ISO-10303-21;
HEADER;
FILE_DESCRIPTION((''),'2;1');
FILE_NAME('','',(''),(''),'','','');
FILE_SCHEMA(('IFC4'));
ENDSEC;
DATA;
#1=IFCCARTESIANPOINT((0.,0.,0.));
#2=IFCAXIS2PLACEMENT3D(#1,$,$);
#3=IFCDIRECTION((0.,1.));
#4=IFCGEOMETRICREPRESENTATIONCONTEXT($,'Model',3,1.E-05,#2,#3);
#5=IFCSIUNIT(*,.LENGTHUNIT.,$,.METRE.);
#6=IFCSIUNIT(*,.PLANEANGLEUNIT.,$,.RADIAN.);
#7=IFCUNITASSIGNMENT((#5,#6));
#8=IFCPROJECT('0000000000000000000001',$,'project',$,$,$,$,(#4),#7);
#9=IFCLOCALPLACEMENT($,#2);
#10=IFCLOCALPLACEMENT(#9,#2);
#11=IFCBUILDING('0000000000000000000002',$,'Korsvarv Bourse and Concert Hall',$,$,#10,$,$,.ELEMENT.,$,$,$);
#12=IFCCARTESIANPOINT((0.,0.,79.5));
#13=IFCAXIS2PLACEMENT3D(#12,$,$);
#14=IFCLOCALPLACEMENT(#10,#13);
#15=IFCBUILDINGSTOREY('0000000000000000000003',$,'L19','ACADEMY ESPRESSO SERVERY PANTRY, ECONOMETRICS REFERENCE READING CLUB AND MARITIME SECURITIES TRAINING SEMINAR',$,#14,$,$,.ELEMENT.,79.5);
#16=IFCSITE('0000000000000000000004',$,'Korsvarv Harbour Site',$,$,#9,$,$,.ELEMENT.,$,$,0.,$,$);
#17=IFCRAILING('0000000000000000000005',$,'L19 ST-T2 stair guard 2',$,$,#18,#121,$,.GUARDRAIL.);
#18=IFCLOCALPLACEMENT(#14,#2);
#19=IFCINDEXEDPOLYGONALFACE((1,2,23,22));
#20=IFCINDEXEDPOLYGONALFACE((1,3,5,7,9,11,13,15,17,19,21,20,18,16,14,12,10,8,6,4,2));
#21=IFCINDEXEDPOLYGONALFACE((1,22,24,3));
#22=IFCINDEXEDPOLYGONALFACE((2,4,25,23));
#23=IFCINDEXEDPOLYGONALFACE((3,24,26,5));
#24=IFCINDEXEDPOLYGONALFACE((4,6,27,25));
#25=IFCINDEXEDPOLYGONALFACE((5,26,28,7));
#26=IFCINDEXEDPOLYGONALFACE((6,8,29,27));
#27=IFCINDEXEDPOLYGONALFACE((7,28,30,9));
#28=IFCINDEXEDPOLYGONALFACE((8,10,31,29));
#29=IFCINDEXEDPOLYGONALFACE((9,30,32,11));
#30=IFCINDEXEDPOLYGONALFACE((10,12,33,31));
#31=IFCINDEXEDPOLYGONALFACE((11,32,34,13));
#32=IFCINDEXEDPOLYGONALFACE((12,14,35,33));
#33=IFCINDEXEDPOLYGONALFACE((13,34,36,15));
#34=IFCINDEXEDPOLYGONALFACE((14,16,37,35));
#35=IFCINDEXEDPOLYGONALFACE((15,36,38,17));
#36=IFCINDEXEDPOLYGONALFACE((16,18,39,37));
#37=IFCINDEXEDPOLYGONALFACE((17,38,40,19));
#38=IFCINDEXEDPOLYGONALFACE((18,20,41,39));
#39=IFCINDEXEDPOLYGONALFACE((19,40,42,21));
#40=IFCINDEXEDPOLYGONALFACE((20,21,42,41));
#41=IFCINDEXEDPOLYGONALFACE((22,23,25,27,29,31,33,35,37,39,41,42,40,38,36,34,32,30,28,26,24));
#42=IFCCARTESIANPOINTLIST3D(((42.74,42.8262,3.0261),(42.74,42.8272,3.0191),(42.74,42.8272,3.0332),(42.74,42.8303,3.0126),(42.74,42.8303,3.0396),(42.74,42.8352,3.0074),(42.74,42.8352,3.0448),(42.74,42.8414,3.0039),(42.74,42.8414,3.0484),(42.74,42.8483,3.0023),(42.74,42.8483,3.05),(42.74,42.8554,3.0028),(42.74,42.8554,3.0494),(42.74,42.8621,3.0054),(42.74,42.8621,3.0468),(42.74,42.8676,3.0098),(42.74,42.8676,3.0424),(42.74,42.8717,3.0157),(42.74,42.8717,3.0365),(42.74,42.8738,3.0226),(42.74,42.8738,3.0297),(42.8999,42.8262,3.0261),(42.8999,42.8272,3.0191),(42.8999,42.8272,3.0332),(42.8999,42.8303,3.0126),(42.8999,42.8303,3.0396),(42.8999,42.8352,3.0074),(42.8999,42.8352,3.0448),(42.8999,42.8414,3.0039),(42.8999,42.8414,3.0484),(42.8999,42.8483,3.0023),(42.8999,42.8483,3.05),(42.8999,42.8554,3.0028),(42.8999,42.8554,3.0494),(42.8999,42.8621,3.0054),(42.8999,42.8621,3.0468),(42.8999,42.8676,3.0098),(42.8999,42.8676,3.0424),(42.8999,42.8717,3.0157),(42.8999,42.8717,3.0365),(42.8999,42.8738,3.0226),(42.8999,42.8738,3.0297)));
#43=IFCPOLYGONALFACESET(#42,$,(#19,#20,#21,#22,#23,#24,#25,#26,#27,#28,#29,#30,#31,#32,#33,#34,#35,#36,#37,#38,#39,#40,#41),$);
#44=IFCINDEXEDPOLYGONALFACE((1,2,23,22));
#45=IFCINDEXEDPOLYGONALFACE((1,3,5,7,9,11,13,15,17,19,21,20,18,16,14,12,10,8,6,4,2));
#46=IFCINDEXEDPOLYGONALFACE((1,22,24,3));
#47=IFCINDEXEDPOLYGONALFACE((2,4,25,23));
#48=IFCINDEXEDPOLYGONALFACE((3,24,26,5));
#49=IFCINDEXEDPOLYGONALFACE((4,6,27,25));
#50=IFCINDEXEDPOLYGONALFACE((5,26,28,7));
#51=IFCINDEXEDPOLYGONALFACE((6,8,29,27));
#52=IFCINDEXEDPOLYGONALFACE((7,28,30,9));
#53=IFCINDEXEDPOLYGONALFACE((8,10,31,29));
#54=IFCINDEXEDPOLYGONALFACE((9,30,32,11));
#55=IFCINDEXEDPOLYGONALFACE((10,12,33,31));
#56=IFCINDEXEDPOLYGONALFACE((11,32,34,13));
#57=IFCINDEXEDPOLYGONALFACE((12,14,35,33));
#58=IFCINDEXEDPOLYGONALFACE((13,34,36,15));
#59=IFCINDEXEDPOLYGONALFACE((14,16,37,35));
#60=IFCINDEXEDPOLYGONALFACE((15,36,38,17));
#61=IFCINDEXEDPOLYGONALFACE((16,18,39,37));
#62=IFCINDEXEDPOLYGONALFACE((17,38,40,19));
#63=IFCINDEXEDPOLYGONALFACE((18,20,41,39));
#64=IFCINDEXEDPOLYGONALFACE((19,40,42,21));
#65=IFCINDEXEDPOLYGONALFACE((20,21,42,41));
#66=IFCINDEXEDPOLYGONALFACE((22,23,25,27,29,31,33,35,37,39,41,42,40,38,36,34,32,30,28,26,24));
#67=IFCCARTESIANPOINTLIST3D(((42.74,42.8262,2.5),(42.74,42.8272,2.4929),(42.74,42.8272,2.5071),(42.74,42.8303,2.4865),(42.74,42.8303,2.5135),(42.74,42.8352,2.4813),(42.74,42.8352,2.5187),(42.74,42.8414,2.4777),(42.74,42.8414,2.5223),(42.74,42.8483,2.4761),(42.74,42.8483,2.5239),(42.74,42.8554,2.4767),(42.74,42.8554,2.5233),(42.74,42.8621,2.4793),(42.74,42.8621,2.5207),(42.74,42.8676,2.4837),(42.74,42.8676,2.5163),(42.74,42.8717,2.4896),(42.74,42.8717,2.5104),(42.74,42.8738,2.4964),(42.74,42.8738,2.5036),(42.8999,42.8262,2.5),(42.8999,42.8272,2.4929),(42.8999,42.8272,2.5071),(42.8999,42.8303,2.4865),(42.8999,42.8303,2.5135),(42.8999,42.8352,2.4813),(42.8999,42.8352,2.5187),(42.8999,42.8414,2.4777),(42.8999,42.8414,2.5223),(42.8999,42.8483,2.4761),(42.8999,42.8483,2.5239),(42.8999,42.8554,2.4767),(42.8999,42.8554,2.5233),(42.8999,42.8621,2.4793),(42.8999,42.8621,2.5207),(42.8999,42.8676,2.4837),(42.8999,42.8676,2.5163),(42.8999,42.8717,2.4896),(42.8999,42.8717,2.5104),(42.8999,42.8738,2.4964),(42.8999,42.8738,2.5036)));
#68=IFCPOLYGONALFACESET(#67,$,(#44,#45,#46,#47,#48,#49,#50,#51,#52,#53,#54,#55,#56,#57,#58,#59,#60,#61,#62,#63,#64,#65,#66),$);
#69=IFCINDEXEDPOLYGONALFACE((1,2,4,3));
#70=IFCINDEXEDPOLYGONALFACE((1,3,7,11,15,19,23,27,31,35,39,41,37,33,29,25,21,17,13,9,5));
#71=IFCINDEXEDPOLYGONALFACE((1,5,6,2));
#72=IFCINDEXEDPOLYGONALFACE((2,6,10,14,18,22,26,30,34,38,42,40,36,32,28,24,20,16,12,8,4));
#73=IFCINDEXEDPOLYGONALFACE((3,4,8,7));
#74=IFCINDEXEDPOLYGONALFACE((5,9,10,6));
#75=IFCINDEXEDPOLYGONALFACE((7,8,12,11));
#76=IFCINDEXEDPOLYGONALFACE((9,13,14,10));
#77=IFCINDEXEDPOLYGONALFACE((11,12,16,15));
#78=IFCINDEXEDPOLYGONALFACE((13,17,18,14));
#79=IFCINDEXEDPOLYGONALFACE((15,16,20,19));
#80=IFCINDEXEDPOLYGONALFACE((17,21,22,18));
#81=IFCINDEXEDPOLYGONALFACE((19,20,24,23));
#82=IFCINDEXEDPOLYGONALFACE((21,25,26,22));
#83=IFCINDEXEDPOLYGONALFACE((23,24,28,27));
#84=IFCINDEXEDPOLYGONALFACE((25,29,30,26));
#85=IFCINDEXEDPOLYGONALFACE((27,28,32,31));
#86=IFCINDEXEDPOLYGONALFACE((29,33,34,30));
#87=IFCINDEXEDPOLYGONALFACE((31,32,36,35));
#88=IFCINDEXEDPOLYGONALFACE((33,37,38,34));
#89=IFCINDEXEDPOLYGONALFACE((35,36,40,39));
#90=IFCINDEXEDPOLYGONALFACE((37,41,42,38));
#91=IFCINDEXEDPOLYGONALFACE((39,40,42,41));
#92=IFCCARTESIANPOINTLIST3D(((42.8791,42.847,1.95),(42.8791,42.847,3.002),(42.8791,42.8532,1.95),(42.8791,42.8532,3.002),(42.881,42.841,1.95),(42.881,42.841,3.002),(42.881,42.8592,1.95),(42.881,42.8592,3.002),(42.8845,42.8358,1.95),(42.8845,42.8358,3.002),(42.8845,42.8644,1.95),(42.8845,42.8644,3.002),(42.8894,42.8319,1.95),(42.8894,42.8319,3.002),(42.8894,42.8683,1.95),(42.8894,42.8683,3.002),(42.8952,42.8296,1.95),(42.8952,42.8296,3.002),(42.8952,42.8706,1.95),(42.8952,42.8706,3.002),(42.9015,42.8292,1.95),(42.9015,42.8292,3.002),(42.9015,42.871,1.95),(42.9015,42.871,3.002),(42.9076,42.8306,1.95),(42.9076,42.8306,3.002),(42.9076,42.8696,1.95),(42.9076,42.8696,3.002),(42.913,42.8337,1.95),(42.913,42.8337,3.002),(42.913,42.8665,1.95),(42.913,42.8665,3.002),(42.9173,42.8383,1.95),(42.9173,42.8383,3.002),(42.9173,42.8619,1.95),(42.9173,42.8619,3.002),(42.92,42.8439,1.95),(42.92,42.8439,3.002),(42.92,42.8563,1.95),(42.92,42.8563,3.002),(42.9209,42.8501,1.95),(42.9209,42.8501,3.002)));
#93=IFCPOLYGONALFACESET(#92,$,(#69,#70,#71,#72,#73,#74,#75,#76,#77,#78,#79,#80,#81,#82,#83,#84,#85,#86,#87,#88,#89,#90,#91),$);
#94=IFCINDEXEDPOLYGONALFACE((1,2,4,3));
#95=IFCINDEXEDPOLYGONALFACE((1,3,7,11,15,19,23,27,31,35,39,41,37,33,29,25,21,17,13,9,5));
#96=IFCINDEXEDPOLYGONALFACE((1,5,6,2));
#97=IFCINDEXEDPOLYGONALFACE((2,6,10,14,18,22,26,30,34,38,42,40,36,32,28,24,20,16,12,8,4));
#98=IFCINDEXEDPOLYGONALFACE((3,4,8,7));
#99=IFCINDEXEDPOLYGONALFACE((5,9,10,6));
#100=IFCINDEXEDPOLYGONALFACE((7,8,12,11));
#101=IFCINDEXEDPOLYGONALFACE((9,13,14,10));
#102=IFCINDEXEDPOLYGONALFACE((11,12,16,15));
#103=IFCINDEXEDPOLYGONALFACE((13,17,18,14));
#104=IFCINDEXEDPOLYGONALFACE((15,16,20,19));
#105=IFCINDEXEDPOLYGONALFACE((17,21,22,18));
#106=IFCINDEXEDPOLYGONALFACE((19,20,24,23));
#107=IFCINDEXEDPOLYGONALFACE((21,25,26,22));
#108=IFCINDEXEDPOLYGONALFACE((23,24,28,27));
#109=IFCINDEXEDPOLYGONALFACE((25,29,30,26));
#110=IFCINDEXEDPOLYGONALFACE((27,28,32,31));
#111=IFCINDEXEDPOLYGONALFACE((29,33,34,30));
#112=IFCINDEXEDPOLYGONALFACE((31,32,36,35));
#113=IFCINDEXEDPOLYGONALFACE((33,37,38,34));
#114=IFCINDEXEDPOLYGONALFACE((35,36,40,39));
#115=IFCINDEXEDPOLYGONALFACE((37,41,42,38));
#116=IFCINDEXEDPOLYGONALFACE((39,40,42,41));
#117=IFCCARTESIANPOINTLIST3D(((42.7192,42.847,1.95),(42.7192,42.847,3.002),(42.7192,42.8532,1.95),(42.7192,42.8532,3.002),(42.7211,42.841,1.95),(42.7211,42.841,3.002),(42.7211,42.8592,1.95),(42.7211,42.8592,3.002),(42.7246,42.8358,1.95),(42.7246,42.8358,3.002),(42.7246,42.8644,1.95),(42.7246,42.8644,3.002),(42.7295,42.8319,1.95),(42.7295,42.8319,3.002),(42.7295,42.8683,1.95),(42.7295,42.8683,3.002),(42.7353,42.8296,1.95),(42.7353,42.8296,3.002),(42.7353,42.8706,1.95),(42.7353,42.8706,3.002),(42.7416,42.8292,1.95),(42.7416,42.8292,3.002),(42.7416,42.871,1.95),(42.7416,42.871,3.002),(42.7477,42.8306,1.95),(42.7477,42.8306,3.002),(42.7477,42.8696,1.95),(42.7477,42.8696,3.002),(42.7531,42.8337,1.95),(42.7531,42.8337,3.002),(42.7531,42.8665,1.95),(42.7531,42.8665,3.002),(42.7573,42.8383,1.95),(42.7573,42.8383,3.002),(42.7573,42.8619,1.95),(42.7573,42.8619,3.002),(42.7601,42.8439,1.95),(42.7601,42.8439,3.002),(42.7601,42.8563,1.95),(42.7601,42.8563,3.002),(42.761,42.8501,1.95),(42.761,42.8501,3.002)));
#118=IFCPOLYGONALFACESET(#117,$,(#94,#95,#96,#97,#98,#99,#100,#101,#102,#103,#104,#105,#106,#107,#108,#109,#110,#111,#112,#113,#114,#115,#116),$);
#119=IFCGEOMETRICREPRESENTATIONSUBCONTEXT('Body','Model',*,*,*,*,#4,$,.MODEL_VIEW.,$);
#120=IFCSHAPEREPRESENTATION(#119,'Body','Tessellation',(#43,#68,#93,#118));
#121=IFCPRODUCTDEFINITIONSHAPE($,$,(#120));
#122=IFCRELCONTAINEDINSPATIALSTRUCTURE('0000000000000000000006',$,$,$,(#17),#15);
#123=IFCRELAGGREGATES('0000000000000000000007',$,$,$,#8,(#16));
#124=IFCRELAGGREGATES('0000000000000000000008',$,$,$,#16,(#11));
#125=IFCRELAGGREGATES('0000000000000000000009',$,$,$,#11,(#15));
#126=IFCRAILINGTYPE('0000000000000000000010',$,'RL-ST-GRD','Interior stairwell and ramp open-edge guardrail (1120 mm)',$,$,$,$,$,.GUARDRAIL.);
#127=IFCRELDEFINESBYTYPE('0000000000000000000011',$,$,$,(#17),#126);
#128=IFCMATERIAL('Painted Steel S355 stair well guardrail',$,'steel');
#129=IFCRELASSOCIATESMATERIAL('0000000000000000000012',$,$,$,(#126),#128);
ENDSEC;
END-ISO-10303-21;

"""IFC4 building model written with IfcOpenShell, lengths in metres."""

from ifc_helpers import new_model, si_unit, direction, frame, origin, origin_2d, place, context, subcontext, project, spatial, circle, extrude, material, type_object, element, save


model = new_model("IFC4")

# Units and contexts
model_context = context("Model", 3, precision=1e-05, world=origin(), true_north=direction((0.0, 1.0)))
body_context = subcontext(model_context, "Body", "Model", "MODEL_VIEW")
ifc_project = project(units=[si_unit("LENGTHUNIT", "METRE"), si_unit("PLANEANGLEUNIT", "RADIAN")], contexts=[model_context])

# Site, building, storey
site_placement = place(None, origin())
site = spatial("IfcSite", under=ifc_project, at=site_placement, Name="Korsvarv Harbour Site", CompositionType="ELEMENT", RefElevation=0.0)
building_placement = place(site_placement, origin())
building = spatial("IfcBuilding", under=site, at=building_placement, Name="Korsvarv Bourse and Concert Hall", CompositionType="ELEMENT")
storey_placement = place(building_placement, frame((0.0, 0.0, 79.5)))
storey = spatial("IfcBuildingStorey", under=building, at=storey_placement, Name="L19", Description="ACADEMY ESPRESSO SERVERY PANTRY, ECONOMETRICS REFERENCE READING CLUB AND MARITIME SECURITIES TRAINING SEMINAR", CompositionType="ELEMENT", Elevation=79.5)

# Railing
ifc_material_1 = material(Name="Painted Steel S355 stair well guardrail", Category="steel")
railing_type_1 = type_object("IfcRailingType", Name="RL-ST-GRD", Description="Interior stairwell and ramp open-edge guardrail (1120 mm)", PredefinedType="GUARDRAIL", material=ifc_material_1)
railing_1_placement = place(storey_placement, frame((42.8999, 42.8501, 1.95)))
element("IfcRailing", 1, at=railing_1_placement, inside=storey, type_object=railing_type_1, Name="L19 ST-T2 stair guard 2", PredefinedType="GUARDRAIL", context=body_context, shape_type="SweptSolid", body=[
    extrude(circle(Radius=0.0239, at=origin_2d()), frame((0.0, 0.0, 1.0762), z_axis=(-1.0, 0.0, 0.0), x_axis=(0.0, -1.0, 0.0)), (0.0, 0.0, 1.0), 0.1599),
    extrude(circle(Radius=0.0239, at=origin_2d()), frame((0.0, 0.0, 0.55), z_axis=(-1.0, 0.0, 0.0), x_axis=(0.0, -1.0, 0.0)), (0.0, 0.0, 1.0), 0.1599),
    extrude(circle(Radius=0.021, at=origin_2d()), origin(), (0.0, 0.0, 1.0), 1.052),
    extrude(circle(Radius=0.021, at=origin_2d()), frame((-0.1599, 0.0, 0.0)), (0.0, 0.0, 1.0), 1.052),
])

save(model, "model.ifc")
